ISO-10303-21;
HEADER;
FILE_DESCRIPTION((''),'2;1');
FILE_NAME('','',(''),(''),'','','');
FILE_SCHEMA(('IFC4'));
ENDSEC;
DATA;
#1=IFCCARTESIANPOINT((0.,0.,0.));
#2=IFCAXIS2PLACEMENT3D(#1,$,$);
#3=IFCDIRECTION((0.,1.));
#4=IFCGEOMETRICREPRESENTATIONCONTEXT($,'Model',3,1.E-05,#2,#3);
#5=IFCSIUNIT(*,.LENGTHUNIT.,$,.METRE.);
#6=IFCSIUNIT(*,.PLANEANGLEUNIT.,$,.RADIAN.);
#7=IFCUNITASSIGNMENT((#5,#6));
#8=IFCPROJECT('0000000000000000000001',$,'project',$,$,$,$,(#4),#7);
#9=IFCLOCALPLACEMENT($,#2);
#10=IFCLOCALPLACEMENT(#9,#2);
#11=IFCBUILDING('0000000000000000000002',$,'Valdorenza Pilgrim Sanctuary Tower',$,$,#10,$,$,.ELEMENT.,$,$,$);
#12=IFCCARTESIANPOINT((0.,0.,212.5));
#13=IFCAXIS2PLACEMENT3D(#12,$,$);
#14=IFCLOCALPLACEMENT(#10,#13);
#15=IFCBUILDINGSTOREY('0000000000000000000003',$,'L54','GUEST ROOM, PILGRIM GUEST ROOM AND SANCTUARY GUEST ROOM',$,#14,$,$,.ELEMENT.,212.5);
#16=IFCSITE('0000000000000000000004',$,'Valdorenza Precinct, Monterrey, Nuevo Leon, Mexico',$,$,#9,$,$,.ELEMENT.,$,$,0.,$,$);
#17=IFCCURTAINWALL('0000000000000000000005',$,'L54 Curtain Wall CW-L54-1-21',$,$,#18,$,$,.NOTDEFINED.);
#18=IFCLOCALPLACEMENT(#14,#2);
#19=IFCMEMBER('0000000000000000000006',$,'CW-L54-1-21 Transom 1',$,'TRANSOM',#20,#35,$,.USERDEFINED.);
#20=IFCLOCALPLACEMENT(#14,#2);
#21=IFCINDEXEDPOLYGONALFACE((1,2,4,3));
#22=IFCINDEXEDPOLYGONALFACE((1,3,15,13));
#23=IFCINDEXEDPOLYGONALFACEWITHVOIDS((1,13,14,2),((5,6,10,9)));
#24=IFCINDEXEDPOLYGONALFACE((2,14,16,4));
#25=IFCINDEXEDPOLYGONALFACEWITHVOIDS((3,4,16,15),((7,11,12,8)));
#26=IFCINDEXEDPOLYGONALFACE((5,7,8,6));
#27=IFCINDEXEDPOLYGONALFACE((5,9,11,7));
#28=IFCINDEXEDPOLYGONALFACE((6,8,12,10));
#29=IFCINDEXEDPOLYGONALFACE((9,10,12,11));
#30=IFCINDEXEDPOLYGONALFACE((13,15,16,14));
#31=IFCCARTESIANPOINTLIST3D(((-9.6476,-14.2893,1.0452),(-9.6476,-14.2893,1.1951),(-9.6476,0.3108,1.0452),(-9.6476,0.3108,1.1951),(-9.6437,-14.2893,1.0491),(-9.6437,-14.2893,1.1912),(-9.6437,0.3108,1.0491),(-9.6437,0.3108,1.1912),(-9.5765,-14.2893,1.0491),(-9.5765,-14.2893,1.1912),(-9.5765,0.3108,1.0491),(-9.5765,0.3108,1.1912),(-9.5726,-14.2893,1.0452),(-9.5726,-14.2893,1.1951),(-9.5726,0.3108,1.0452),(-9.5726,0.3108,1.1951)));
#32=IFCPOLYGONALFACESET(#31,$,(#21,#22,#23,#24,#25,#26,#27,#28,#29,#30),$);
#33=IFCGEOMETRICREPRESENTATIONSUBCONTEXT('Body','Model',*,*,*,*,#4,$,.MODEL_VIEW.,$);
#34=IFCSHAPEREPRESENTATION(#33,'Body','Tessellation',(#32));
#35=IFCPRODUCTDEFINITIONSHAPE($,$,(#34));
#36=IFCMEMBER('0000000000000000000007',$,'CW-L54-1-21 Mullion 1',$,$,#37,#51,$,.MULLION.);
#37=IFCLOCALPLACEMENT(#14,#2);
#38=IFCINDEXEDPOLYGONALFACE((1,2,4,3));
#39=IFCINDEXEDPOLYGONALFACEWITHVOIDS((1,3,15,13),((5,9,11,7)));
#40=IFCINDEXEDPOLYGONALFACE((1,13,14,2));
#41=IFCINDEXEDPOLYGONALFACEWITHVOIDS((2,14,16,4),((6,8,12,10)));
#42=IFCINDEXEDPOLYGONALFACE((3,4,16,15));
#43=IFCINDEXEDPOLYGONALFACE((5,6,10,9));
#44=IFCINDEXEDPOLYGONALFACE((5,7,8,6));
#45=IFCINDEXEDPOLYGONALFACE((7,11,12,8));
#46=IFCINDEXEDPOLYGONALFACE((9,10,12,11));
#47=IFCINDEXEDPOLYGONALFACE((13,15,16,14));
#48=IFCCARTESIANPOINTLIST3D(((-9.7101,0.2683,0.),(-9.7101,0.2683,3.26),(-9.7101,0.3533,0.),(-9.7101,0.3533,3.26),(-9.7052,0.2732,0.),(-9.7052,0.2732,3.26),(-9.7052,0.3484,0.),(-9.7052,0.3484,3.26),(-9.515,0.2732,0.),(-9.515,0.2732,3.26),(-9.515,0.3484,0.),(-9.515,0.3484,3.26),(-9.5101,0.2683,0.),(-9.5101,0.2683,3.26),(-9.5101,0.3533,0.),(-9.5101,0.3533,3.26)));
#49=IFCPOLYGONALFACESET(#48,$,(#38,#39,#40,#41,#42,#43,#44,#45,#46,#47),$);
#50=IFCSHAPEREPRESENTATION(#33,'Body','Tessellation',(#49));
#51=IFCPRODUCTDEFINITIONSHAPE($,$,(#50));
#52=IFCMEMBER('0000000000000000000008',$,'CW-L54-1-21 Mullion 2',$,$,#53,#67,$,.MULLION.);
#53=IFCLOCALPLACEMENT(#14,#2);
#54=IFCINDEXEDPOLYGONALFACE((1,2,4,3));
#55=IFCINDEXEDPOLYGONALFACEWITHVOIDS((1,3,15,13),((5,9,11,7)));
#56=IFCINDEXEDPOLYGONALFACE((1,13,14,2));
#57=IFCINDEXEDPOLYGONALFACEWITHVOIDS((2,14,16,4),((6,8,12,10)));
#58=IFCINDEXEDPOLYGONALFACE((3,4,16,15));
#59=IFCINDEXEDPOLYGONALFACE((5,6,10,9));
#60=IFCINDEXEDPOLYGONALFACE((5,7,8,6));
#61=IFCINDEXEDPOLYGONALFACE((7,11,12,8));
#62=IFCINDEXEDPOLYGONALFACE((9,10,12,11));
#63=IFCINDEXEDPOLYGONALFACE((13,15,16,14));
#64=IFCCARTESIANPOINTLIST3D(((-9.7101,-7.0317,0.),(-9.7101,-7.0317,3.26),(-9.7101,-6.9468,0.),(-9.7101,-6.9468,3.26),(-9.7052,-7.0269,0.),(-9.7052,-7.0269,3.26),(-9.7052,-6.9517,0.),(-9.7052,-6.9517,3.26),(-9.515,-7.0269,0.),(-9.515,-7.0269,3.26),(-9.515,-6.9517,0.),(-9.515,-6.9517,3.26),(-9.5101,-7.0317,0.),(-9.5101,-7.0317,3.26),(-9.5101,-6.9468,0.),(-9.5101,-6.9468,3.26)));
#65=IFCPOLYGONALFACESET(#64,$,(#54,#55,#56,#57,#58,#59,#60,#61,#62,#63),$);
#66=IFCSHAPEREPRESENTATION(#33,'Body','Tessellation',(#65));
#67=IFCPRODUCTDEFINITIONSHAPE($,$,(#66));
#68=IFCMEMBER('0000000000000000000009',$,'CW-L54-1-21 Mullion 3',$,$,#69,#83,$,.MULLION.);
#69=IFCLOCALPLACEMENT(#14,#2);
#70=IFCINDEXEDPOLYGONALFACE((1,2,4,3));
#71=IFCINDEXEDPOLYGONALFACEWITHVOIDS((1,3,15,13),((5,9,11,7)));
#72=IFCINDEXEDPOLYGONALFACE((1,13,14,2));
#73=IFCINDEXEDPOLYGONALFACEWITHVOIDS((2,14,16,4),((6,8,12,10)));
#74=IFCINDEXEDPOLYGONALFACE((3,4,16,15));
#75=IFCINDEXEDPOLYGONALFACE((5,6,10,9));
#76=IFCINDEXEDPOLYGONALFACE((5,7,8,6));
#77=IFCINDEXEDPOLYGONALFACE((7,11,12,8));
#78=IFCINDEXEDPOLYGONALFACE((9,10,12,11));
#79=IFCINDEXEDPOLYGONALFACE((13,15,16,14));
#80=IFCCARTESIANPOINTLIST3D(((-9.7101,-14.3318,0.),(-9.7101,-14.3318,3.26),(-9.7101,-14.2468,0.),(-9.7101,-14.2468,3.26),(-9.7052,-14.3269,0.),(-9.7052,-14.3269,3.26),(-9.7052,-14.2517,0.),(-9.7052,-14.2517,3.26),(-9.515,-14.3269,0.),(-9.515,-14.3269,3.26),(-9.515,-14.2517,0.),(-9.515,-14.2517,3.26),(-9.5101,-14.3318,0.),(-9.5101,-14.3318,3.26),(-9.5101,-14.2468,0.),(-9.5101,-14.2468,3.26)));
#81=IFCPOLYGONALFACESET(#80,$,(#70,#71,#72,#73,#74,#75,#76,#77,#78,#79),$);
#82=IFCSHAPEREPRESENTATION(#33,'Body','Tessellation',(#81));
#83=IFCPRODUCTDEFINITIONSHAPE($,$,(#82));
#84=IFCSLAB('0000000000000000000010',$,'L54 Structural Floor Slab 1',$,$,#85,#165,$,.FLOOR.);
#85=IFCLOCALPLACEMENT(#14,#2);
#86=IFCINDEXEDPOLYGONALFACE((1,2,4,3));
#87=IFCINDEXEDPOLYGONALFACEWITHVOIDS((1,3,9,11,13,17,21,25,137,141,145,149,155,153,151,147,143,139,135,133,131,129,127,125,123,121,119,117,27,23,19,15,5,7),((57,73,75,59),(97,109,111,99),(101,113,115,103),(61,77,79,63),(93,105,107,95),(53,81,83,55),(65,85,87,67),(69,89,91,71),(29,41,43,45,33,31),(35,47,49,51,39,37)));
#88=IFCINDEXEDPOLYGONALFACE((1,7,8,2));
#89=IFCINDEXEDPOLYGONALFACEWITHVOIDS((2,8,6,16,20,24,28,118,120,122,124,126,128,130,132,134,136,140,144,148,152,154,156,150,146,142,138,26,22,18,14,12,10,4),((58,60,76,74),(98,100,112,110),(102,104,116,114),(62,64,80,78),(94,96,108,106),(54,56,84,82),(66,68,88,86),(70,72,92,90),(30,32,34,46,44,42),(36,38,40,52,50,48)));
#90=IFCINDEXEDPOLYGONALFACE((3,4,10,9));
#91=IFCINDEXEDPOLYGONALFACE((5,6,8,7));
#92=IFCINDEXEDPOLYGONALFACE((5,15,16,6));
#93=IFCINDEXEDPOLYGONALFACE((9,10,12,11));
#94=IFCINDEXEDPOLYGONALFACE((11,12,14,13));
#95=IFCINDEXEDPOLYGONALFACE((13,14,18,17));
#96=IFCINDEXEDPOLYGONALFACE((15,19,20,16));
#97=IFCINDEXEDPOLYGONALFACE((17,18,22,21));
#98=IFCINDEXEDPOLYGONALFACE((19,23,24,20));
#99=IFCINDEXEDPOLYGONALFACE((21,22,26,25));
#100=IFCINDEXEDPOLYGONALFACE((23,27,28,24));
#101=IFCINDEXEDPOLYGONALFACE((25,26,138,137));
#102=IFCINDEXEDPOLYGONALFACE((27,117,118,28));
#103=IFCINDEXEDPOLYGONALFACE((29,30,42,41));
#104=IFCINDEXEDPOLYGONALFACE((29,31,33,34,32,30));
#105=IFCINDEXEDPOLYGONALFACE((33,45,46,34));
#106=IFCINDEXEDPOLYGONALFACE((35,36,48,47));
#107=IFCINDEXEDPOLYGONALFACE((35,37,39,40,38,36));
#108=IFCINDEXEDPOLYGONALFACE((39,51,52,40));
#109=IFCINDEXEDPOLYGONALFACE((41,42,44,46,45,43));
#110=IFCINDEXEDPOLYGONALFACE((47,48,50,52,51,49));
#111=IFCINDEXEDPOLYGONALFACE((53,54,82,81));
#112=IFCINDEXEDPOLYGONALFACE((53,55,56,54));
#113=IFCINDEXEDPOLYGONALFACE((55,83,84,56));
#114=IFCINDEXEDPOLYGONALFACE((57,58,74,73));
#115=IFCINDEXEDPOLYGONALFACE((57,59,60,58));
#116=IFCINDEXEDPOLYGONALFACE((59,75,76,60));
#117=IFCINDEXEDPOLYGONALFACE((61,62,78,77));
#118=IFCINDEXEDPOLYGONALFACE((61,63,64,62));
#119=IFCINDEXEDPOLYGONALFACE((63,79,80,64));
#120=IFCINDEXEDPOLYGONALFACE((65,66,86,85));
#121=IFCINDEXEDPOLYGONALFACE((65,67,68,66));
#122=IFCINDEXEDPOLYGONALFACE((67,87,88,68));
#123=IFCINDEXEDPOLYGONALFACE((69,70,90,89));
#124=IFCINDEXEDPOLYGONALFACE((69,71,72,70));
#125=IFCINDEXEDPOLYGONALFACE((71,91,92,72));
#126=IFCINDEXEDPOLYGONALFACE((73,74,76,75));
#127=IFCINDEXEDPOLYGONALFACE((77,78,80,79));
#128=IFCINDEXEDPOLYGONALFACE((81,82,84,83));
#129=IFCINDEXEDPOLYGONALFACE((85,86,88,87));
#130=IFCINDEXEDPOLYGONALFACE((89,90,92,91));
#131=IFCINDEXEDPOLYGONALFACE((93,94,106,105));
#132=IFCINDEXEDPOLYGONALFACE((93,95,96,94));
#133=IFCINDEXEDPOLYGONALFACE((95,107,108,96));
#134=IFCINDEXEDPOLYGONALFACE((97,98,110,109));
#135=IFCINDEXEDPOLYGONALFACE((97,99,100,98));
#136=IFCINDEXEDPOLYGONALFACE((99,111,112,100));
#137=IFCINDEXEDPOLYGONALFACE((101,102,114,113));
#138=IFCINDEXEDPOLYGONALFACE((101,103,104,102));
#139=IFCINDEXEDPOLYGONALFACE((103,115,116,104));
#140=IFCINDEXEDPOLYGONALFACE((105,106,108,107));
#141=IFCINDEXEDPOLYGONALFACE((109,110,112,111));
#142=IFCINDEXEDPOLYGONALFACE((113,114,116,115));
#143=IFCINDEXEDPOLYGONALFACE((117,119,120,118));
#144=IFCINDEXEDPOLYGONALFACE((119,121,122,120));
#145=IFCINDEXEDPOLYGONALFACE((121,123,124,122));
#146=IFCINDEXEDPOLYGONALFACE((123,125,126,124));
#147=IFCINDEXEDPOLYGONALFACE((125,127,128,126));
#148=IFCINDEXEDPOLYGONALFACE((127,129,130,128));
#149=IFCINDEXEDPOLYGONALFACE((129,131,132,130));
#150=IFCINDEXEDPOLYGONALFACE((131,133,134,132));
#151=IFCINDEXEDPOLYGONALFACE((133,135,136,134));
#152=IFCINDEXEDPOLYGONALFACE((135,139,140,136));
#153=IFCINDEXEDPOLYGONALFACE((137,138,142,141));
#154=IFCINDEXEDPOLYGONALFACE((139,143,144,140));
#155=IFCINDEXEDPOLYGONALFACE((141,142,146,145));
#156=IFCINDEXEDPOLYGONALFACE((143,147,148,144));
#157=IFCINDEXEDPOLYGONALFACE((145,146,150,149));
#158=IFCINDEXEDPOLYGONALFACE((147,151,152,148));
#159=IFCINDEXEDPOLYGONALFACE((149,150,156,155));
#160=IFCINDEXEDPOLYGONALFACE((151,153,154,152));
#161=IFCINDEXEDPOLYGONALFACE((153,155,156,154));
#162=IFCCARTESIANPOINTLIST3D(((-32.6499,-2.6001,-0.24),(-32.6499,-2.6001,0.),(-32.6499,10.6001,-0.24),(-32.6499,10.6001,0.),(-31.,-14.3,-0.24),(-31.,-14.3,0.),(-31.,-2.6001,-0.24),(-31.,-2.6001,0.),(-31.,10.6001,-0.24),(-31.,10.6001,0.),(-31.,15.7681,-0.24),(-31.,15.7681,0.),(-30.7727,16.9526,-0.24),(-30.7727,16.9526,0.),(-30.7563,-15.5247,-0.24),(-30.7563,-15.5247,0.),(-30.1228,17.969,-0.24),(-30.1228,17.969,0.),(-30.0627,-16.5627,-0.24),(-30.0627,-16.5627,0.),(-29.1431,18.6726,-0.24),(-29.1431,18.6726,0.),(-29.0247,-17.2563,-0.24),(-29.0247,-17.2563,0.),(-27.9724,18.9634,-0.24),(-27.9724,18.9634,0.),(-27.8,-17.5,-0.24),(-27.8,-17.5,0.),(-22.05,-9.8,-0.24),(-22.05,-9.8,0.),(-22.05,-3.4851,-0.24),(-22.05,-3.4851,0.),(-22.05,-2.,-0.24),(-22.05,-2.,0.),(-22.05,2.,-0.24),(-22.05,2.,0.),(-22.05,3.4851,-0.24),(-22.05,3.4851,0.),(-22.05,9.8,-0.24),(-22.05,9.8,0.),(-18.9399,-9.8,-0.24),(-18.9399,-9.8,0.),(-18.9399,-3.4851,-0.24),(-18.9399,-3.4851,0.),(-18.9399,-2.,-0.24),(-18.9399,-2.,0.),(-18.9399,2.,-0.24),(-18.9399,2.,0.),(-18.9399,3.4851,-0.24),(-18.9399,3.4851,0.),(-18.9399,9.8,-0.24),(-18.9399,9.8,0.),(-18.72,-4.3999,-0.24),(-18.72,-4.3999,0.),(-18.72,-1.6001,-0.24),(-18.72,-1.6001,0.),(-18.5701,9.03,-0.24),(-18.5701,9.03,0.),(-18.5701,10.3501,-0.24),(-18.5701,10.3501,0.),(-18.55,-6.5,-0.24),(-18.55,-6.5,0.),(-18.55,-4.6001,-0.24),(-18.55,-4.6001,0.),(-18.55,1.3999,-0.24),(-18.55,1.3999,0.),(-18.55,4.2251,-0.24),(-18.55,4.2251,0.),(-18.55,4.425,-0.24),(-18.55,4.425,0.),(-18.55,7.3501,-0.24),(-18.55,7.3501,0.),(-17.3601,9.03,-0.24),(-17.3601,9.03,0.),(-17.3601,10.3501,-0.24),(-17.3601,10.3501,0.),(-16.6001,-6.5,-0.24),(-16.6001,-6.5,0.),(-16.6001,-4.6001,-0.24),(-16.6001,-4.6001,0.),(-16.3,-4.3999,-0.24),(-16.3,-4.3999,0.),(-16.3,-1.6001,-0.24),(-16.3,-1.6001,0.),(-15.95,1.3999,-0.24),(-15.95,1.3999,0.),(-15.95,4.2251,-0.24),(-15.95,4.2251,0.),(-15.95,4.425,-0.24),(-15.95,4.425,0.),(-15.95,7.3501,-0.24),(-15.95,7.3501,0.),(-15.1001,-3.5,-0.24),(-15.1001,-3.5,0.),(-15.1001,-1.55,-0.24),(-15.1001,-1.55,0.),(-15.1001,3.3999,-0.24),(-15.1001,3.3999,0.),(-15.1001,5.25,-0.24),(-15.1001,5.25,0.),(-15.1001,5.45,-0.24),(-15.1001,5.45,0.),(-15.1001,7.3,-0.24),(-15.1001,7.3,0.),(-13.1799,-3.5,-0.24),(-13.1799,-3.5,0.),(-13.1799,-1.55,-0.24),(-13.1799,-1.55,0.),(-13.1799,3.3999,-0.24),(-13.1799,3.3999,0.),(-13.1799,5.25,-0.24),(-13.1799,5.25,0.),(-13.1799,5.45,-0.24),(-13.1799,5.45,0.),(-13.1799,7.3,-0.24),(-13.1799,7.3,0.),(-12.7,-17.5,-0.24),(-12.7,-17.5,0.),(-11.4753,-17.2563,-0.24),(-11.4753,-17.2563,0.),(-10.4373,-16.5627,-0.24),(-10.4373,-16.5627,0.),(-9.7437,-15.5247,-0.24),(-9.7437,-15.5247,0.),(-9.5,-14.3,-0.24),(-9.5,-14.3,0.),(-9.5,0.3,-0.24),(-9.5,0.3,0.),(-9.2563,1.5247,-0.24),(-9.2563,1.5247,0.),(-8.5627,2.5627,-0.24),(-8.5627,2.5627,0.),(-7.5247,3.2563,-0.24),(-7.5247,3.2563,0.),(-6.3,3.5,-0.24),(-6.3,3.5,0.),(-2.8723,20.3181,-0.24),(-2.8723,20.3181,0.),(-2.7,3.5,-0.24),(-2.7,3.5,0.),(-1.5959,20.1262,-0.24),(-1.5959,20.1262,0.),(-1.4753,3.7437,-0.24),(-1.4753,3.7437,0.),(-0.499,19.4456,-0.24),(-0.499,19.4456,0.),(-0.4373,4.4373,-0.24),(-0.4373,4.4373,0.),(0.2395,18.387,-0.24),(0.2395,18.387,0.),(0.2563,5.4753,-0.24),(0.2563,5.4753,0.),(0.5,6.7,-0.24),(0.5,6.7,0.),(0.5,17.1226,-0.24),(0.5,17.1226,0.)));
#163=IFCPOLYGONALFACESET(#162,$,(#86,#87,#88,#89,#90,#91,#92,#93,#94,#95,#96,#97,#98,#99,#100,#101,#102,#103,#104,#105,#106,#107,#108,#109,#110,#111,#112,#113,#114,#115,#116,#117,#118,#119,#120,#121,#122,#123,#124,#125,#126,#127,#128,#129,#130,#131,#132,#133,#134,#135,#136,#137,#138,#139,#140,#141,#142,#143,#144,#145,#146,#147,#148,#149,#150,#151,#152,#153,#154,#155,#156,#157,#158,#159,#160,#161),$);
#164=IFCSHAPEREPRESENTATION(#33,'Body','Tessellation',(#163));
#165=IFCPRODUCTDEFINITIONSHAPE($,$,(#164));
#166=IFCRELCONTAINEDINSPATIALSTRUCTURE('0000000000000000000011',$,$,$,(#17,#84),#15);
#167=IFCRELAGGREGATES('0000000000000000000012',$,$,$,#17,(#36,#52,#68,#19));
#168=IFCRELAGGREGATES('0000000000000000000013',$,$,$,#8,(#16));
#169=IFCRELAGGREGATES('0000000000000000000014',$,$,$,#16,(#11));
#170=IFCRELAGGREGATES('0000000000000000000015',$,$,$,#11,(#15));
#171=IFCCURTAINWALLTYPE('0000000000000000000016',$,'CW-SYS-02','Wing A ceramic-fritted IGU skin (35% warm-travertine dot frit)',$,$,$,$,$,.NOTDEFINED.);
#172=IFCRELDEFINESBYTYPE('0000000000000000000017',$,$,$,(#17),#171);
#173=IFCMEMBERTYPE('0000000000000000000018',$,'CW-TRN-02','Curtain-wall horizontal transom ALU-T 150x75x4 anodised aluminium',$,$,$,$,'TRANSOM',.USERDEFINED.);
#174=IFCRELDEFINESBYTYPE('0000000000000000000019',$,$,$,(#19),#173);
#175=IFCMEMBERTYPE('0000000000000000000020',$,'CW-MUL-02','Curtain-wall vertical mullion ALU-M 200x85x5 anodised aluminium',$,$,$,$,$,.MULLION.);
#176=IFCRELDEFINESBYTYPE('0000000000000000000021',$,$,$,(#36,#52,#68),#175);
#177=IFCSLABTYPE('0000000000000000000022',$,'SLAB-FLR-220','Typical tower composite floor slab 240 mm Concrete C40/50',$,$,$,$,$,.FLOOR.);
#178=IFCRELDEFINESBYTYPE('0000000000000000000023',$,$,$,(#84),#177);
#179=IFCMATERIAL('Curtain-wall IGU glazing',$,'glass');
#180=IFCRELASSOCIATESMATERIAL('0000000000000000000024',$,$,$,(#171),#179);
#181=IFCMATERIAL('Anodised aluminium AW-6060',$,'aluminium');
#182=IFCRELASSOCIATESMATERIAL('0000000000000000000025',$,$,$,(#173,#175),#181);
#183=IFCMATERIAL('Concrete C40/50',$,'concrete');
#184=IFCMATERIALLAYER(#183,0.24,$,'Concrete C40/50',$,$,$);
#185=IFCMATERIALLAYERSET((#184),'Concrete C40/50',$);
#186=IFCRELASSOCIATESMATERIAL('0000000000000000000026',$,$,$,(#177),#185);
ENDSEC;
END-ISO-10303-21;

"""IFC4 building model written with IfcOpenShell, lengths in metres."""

from ifc_helpers import new_model, si_unit, direction, frame, origin, origin_2d, place, context, subcontext, project, spatial, polyline, hollow_rectangle, outline, extrude, source, transform, mapped, material, layer, layer_set, material_profile, profile_set, type_object, element, aggregate, save


model = new_model("IFC4")

# Units and contexts
model_context = context("Model", 3, precision=1e-05, world=origin(), true_north=direction((0.0, 1.0)))
body_context = subcontext(model_context, "Body", "Model", "MODEL_VIEW")
ifc_project = project(units=[si_unit("LENGTHUNIT", "METRE"), si_unit("PLANEANGLEUNIT", "RADIAN")], contexts=[model_context])

# Site, building, storey
site_placement = place(None, origin())
site = spatial("IfcSite", under=ifc_project, at=site_placement, Name="Valdorenza Precinct, Monterrey, Nuevo Leon, Mexico", CompositionType="ELEMENT", RefElevation=0.0)
building_placement = place(site_placement, origin())
building = spatial("IfcBuilding", under=site, at=building_placement, Name="Valdorenza Pilgrim Sanctuary Tower", CompositionType="ELEMENT")
storey_placement = place(building_placement, frame((0.0, 0.0, 212.5)))
storey = spatial("IfcBuildingStorey", under=building, at=storey_placement, Name="L54", Description="GUEST ROOM, PILGRIM GUEST ROOM AND SANCTUARY GUEST ROOM", CompositionType="ELEMENT", Elevation=212.5)

# Curtain wall, members
ifc_material_1 = material(Name="Curtain-wall IGU glazing", Category="glass")
curtain_wall_type = type_object("IfcCurtainWallType", Name="CW-SYS-02", Description="Wing A ceramic-fritted IGU skin (35% warm-travertine dot frit)", PredefinedType="NOTDEFINED", material=ifc_material_1)
curtain_wall_placement = place(storey_placement, origin())
curtain_wall = element("IfcCurtainWall", 1, at=curtain_wall_placement, inside=storey, type_object=curtain_wall_type, Name="L54 Curtain Wall CW-L54-1-21", PredefinedType="NOTDEFINED")
ifc_material_2 = material(Name="Anodised aluminium AW-6060", Category="aluminium")
ifc_material_profile_1 = material_profile(ifc_material_2, hollow_rectangle(XDim=0.075, YDim=0.1499, WallThickness=0.0039, at=origin_2d()), Name="ALU-T 150x75x4")
ifc_profile_set_1 = profile_set([ifc_material_profile_1], Name="Anodised aluminium AW-6060")
member_type_1 = type_object("IfcMemberType", Name="CW-TRN-02", Description="Curtain-wall horizontal transom ALU-T 150x75x4 anodised aluminium", ElementType="TRANSOM", PredefinedType="USERDEFINED", material=ifc_profile_set_1)
shared_shape_1 = source(origin(), body_context, "Body", "SweptSolid", [
    extrude(hollow_rectangle(XDim=0.075, YDim=0.1499, WallThickness=0.0039, at=origin_2d()), origin(), (0.0, 0.0, 1.0), 14.6001),
])
member_1_placement = place(storey_placement, frame((-9.6101, 0.3108, 1.1201), z_axis=(0.0, -1.0, 0.0), x_axis=(1.0, 0.0, 0.0)))
member_1 = element("IfcMember", 2, at=member_1_placement, type_object=member_type_1, Name="CW-L54-1-21 Transom 1", ObjectType="TRANSOM", PredefinedType="USERDEFINED", context=body_context, shape_type="MappedRepresentation", body=[
    mapped(shared_shape_1, transform((0.0, 0.0, 0.0), x_axis=(1.0, 0.0, 0.0), y_axis=(0.0, 1.0, 0.0), z_axis=(0.0, 0.0, 1.0), scale=1.0)),
])
ifc_material_profile_2 = material_profile(ifc_material_2, hollow_rectangle(XDim=0.085, YDim=0.2, WallThickness=0.0049, at=origin_2d()), Name="ALU-M 200x85x5")
ifc_profile_set_2 = profile_set([ifc_material_profile_2], Name="Anodised aluminium AW-6060")
member_type_2 = type_object("IfcMemberType", Name="CW-MUL-02", Description="Curtain-wall vertical mullion ALU-M 200x85x5 anodised aluminium", PredefinedType="MULLION", material=ifc_profile_set_2)
shared_shape_2 = source(origin(), body_context, "Body", "SweptSolid", [
    extrude(hollow_rectangle(XDim=0.085, YDim=0.2, WallThickness=0.0049, at=origin_2d()), origin(), (0.0, 0.0, 1.0), 3.26),
])
member_2_placement = place(storey_placement, frame((-9.6101, 0.3108, 0.0), z_axis=(0.0, 0.0, 1.0), x_axis=(0.0, -1.0, 0.0)))
member_2 = element("IfcMember", 3, at=member_2_placement, type_object=member_type_2, Name="CW-L54-1-21 Mullion 1", PredefinedType="MULLION", context=body_context, shape_type="MappedRepresentation", body=[
    mapped(shared_shape_2, transform((0.0, 0.0, 0.0), x_axis=(1.0, 0.0, 0.0), y_axis=(0.0, 1.0, 0.0), z_axis=(0.0, 0.0, 1.0), scale=1.0)),
])
member_3_placement = place(storey_placement, frame((-9.6101, -6.9893, 0.0), z_axis=(0.0, 0.0, 1.0), x_axis=(0.0, -1.0, 0.0)))
member_3 = element("IfcMember", 4, at=member_3_placement, type_object=member_type_2, Name="CW-L54-1-21 Mullion 2", PredefinedType="MULLION", context=body_context, shape_type="MappedRepresentation", body=[
    mapped(shared_shape_2, transform((0.0, 0.0, 0.0), x_axis=(1.0, 0.0, 0.0), y_axis=(0.0, 1.0, 0.0), z_axis=(0.0, 0.0, 1.0), scale=1.0)),
])
member_4_placement = place(storey_placement, frame((-9.6101, -14.2893, 0.0), z_axis=(0.0, 0.0, 1.0), x_axis=(0.0, -1.0, 0.0)))
member_4 = element("IfcMember", 5, at=member_4_placement, type_object=member_type_2, Name="CW-L54-1-21 Mullion 3", PredefinedType="MULLION", context=body_context, shape_type="MappedRepresentation", body=[
    mapped(shared_shape_2, transform((0.0, 0.0, 0.0), x_axis=(1.0, 0.0, 0.0), y_axis=(0.0, 1.0, 0.0), z_axis=(0.0, 0.0, 1.0), scale=1.0)),
])

# Slab
ifc_material_3 = material(Name="Concrete C40/50", Category="concrete")
ifc_layer_1 = layer(ifc_material_3, 0.24, Name="Concrete C40/50")
ifc_layer_set_1 = layer_set([ifc_layer_1], Name="Concrete C40/50")
slab_type_1 = type_object("IfcSlabType", Name="SLAB-FLR-220", Description="Typical tower composite floor slab 240 mm Concrete C40/50", PredefinedType="FLOOR", material=ifc_layer_set_1)
slab_1_placement = place(storey_placement, frame((0.0, 0.0, -0.24)))
element("IfcSlab", 6, at=slab_1_placement, inside=storey, type_object=slab_type_1, Name="L54 Structural Floor Slab 1", PredefinedType="FLOOR", context=body_context, shape_type="SweptSolid", body=[
    extrude(outline(polyline([(-30.7727, 16.9526), (-30.1228, 17.969), (-29.1431, 18.6726), (-27.9724, 18.9634), (-2.8723, 20.3181), (-1.5959, 20.1262), (-0.499, 19.4456), (0.2395, 18.387), (0.5, 17.1226), (0.5, 6.7), (0.2563, 5.4753), (-0.4373, 4.4373), (-1.4753, 3.7437), (-2.7, 3.5), (-6.3, 3.5), (-7.5247, 3.2563), (-8.5627, 2.5627), (-9.2563, 1.5247), (-9.5, 0.3), (-9.5, -14.3), (-9.7437, -15.5247), (-10.4373, -16.5627), (-11.4753, -17.2563), (-12.7, -17.5), (-27.8, -17.5), (-29.0247, -17.2563), (-30.0627, -16.5627), (-30.7563, -15.5247), (-31.0, -14.3), (-31.0, -2.6001), (-32.6499, -2.6001), (-32.6499, 10.6001), (-31.0, 10.6001), (-31.0, 15.7681), (-30.7727, 16.9526)]), holes=[polyline([(-22.05, -9.8), (-18.9399, -9.8), (-18.9399, -3.4851), (-18.9399, -2.0), (-22.05, -2.0), (-22.05, -3.4851), (-22.05, -9.8)]), polyline([(-16.6001, -6.5), (-16.6001, -4.6001), (-18.55, -4.6001), (-18.55, -6.5), (-16.6001, -6.5)]), polyline([(-22.05, 2.0), (-18.9399, 2.0), (-18.9399, 3.4851), (-18.9399, 9.8), (-22.05, 9.8), (-22.05, 3.4851), (-22.05, 2.0)]), polyline([(-17.3601, 9.03), (-17.3601, 10.3501), (-18.5701, 10.3501), (-18.5701, 9.03), (-17.3601, 9.03)]), polyline([(-16.3, -1.6001), (-18.72, -1.6001), (-18.72, -4.3999), (-16.3, -4.3999), (-16.3, -1.6001)]), polyline([(-13.1799, -3.5), (-13.1799, -1.55), (-15.1001, -1.55), (-15.1001, -3.5), (-13.1799, -3.5)]), polyline([(-15.95, 1.3999), (-15.95, 4.2251), (-18.55, 4.2251), (-18.55, 1.3999), (-15.95, 1.3999)]), polyline([(-13.1799, 5.25), (-15.1001, 5.25), (-15.1001, 3.3999), (-13.1799, 3.3999), (-13.1799, 5.25)]), polyline([(-15.95, 4.425), (-15.95, 7.3501), (-18.55, 7.3501), (-18.55, 4.425), (-15.95, 4.425)]), polyline([(-13.1799, 5.45), (-13.1799, 7.3), (-15.1001, 7.3), (-15.1001, 5.45), (-13.1799, 5.45)])]), origin(), (0.0, 0.0, 1.0), 0.24),
])

aggregate(curtain_wall, [member_2, member_3, member_4, member_1])

save(model, "model.ifc")
